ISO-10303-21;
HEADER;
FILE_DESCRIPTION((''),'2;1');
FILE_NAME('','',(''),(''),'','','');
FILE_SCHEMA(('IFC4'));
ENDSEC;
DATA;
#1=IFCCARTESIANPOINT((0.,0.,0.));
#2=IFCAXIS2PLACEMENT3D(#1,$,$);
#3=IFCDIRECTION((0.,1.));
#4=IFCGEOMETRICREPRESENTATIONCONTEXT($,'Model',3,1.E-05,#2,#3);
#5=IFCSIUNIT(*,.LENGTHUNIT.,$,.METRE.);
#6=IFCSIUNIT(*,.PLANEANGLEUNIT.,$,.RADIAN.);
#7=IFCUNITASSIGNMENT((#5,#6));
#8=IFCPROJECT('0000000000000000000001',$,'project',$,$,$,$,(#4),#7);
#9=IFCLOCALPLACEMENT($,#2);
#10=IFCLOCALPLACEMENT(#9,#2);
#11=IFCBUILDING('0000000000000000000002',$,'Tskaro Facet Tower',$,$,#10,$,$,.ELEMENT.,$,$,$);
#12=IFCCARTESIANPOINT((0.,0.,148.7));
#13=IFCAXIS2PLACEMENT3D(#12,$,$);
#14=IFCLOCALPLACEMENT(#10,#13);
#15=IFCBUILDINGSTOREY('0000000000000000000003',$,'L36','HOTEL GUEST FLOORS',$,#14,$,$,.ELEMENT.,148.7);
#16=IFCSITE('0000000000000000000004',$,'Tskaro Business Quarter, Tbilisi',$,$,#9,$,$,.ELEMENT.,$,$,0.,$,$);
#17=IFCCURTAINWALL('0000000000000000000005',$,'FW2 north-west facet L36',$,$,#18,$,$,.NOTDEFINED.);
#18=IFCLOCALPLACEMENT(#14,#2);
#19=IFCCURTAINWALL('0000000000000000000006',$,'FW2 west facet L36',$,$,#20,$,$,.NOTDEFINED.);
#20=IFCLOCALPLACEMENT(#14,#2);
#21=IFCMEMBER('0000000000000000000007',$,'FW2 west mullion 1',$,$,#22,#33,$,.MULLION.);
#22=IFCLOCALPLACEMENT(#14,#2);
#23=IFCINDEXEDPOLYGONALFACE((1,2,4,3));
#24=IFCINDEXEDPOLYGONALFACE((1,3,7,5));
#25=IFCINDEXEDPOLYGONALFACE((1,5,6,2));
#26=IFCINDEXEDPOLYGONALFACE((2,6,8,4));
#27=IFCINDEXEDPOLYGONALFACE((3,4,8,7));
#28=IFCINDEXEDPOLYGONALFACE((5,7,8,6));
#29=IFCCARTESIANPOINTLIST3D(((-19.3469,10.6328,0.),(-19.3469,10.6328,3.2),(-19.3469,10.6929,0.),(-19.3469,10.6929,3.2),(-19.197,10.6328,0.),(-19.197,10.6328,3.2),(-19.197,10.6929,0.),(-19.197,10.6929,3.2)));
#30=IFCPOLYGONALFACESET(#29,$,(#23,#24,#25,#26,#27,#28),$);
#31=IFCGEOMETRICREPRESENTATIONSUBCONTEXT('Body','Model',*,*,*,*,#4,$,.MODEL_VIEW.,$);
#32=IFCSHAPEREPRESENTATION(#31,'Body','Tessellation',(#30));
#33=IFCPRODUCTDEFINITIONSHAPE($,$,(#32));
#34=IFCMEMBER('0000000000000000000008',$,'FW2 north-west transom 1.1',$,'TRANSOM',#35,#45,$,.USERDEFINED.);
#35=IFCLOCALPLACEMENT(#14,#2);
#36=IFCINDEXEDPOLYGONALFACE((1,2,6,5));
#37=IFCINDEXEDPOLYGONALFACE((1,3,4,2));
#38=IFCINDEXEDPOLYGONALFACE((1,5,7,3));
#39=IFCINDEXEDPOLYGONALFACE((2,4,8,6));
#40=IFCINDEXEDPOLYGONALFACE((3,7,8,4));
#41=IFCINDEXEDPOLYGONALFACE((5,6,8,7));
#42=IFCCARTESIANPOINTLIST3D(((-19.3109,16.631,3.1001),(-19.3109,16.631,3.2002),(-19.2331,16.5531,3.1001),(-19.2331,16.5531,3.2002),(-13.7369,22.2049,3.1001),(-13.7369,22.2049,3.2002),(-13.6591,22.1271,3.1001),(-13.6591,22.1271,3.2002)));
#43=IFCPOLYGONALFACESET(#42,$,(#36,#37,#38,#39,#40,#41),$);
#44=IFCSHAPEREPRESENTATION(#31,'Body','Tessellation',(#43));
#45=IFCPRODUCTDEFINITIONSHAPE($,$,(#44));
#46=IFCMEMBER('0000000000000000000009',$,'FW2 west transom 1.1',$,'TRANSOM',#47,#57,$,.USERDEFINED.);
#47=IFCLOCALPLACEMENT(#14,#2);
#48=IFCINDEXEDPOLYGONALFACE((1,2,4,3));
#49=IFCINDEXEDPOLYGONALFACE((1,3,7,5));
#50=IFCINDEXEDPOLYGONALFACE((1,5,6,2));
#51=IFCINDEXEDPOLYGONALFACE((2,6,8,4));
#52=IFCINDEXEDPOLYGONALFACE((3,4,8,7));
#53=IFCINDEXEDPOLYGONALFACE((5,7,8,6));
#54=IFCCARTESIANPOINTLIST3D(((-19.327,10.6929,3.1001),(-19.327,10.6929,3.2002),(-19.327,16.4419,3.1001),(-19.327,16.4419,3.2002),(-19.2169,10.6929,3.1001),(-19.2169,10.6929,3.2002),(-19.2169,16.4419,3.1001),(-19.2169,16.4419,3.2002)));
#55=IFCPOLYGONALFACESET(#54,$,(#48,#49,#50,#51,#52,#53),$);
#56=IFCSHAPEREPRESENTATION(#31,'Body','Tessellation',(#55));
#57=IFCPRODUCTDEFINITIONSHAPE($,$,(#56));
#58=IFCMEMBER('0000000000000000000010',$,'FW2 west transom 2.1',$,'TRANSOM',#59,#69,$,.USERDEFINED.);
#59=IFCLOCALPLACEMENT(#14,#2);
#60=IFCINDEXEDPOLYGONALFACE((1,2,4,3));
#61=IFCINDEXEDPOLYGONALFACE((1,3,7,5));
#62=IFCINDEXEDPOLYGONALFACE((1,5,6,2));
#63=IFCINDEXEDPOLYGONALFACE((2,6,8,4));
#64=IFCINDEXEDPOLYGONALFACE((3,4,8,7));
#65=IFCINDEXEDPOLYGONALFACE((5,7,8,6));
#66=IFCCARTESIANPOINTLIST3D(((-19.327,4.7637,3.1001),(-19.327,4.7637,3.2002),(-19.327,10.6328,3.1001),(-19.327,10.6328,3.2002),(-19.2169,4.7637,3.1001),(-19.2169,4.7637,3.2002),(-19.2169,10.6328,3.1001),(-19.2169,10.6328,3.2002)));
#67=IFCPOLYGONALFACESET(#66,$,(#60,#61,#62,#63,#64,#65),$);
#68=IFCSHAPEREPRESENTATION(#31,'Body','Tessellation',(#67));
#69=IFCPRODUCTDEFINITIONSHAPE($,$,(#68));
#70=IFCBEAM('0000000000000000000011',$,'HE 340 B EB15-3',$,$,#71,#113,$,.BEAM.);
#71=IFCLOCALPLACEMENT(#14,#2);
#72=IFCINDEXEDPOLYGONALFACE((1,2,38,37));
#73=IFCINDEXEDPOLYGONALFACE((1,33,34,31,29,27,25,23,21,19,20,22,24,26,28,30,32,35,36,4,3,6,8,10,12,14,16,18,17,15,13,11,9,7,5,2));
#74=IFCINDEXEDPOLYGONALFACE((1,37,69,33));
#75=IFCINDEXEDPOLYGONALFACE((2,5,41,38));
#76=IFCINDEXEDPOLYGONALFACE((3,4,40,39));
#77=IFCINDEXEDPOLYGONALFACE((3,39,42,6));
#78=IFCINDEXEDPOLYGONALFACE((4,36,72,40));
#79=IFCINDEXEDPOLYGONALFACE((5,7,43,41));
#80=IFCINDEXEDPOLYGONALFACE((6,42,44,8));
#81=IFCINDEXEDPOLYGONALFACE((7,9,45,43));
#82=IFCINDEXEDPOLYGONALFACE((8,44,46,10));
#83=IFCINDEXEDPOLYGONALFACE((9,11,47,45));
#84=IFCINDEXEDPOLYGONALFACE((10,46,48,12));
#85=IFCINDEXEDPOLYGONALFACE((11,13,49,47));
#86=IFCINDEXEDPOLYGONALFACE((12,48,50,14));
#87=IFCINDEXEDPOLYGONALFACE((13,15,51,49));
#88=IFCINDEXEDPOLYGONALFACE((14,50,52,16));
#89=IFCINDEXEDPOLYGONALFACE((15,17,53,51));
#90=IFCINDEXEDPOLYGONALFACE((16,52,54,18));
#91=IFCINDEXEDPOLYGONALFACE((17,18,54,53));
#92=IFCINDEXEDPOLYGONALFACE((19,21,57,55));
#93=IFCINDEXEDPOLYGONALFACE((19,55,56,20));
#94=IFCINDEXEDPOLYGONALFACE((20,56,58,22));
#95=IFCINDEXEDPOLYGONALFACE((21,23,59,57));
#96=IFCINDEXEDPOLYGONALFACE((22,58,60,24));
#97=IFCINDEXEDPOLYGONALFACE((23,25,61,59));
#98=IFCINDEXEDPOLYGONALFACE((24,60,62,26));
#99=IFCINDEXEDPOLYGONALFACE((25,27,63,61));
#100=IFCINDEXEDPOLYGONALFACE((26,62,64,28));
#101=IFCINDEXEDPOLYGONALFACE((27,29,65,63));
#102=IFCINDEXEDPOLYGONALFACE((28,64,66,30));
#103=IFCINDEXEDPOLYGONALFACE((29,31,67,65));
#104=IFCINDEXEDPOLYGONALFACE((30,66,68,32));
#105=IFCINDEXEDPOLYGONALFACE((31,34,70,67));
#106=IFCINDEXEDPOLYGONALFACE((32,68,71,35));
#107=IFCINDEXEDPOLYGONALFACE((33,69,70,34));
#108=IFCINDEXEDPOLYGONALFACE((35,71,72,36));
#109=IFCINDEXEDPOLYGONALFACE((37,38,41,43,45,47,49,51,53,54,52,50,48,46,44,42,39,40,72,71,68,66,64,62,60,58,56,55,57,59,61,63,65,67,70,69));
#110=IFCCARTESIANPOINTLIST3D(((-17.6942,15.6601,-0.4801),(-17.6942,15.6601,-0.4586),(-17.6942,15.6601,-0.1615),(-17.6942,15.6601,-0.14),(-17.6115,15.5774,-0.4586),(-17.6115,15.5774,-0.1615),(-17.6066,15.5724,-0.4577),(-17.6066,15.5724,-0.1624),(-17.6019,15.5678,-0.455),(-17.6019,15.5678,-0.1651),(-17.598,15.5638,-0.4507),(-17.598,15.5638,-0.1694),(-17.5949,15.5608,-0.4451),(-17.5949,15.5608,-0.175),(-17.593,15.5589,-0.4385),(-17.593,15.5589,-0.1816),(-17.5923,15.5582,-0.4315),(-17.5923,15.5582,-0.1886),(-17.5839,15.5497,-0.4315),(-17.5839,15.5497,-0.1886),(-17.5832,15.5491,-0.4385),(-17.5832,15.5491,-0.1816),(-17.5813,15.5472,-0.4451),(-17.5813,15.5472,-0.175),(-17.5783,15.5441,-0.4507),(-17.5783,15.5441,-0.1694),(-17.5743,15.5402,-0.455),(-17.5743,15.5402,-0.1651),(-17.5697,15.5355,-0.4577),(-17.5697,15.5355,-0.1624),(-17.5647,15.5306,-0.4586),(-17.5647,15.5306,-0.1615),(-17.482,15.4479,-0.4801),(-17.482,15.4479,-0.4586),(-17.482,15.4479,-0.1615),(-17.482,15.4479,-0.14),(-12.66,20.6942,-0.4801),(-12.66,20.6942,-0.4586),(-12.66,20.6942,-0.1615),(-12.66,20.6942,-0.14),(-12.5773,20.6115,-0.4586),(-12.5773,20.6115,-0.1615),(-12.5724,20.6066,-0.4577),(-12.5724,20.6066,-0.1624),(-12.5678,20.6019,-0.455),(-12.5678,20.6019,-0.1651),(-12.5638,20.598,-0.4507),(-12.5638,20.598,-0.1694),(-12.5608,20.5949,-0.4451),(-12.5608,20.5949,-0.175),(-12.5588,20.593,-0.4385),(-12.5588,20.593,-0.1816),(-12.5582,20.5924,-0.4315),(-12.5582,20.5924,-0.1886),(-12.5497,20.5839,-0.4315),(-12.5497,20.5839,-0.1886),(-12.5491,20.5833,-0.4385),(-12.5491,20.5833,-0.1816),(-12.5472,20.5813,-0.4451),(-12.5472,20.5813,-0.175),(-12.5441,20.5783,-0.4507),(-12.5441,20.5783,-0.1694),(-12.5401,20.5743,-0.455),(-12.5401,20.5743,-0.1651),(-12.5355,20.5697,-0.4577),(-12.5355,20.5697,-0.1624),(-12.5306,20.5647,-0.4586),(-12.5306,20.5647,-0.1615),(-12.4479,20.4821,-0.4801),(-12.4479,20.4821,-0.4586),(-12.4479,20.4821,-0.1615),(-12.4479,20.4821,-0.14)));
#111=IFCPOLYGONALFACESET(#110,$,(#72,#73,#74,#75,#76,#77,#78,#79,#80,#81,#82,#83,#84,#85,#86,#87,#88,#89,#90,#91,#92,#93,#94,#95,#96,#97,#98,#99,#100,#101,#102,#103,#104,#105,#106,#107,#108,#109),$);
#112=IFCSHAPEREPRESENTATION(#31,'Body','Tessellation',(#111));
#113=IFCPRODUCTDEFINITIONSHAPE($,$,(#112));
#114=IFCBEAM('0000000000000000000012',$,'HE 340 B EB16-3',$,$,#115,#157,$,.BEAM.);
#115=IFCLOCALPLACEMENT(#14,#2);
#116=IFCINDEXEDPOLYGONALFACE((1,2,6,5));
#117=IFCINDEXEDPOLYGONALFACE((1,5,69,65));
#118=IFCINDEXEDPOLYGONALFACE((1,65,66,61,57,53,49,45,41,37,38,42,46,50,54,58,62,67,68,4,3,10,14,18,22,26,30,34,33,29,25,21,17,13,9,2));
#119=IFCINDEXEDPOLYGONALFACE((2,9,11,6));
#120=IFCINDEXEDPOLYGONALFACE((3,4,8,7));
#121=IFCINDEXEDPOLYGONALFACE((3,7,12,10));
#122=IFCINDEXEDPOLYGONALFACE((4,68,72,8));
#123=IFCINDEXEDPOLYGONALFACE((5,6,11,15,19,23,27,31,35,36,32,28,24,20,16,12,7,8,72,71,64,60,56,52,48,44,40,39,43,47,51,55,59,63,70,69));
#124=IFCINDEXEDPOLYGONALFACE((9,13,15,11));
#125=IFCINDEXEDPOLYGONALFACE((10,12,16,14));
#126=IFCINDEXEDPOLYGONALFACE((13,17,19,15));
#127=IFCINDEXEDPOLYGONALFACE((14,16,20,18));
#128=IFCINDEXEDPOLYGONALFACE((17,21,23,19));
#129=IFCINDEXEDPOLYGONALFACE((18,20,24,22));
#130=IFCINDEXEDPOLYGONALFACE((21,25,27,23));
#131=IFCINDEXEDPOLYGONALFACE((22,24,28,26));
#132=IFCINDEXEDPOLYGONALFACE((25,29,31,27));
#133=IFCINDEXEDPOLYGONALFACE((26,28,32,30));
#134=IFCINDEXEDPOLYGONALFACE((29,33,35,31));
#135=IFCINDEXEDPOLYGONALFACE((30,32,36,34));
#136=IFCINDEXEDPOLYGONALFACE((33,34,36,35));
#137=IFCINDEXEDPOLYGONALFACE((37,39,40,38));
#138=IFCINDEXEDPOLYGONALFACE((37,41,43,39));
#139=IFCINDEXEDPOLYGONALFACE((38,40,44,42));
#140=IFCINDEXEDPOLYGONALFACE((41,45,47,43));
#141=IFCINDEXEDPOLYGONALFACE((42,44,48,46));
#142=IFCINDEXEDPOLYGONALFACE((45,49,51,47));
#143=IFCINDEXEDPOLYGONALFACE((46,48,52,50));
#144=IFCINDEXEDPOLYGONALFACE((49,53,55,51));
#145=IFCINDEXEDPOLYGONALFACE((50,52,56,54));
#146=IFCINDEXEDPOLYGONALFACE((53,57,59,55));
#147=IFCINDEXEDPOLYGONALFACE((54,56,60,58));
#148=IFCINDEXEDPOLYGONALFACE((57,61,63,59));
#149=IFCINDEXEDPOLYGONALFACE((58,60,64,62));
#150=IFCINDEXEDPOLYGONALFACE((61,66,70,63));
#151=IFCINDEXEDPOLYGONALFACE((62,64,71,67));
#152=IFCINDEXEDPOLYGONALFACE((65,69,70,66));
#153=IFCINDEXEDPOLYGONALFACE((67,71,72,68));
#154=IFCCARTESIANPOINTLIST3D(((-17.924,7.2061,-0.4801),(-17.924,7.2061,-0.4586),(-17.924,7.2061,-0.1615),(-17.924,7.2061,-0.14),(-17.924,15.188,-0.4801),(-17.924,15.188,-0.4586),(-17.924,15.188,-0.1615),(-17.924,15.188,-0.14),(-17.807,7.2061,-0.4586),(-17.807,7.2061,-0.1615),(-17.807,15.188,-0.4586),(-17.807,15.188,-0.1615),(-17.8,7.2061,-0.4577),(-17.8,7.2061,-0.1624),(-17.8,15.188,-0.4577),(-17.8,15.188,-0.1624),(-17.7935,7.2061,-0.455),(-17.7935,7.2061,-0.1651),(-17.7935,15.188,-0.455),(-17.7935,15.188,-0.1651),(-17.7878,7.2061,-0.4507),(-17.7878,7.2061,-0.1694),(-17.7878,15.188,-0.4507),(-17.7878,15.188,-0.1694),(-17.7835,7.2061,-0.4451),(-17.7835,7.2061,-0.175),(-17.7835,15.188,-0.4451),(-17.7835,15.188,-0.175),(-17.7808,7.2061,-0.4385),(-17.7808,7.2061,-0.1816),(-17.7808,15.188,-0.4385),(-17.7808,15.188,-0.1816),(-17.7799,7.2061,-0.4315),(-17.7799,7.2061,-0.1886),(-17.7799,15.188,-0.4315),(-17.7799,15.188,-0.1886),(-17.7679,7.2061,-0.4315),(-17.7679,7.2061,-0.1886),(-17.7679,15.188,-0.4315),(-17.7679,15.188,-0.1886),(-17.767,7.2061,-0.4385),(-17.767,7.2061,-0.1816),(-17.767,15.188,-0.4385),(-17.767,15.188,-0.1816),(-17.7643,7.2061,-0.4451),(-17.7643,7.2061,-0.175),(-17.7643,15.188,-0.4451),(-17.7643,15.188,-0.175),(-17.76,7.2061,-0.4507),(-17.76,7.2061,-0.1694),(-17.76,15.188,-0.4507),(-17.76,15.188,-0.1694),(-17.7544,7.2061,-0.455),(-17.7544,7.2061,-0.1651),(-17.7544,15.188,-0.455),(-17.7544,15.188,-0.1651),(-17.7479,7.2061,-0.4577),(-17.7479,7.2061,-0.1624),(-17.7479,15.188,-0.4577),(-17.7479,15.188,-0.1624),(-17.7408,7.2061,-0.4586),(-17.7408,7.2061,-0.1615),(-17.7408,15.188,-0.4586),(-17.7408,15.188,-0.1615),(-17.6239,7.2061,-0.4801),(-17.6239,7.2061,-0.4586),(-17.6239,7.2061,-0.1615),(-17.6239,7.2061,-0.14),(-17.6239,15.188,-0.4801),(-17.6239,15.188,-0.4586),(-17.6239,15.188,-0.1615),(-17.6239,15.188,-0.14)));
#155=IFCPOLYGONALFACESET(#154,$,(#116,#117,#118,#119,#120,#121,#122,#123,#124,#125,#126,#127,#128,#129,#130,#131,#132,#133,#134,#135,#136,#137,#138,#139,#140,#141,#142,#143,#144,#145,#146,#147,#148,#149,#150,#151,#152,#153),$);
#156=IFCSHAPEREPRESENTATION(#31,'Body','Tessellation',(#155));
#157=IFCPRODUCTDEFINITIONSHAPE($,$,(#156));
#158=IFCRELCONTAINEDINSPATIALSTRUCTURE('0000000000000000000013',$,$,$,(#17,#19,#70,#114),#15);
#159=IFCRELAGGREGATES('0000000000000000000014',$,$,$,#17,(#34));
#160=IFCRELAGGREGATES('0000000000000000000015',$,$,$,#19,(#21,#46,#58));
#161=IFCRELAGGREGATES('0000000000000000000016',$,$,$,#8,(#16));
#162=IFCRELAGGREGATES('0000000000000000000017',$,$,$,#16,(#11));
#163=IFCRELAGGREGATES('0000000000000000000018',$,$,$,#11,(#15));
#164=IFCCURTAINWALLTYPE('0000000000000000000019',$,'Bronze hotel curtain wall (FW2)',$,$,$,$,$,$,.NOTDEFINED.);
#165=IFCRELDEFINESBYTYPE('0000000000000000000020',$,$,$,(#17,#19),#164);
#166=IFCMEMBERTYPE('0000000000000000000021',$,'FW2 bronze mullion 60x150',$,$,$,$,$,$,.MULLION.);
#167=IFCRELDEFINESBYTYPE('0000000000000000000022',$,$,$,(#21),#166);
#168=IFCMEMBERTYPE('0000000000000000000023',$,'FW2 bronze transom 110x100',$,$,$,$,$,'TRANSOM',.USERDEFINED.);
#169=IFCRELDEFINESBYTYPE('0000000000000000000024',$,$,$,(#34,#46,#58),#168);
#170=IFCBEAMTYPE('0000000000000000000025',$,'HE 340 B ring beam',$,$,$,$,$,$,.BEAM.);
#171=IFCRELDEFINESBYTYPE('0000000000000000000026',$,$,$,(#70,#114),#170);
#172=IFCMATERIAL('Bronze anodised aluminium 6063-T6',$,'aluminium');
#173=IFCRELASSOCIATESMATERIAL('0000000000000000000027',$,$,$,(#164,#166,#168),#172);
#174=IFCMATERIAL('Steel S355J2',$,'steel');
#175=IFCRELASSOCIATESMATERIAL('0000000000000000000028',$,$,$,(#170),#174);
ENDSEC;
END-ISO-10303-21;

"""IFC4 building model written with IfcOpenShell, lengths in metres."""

from ifc_helpers import new_model, si_unit, direction, frame, origin, origin_2d, place, context, subcontext, project, spatial, rectangle, i_section, extrude, material, material_profile, profile_set, type_object, element, aggregate, save


model = new_model("IFC4")

# Units and contexts
model_context = context("Model", 3, precision=1e-05, world=origin(), true_north=direction((0.0, 1.0)))
body_context = subcontext(model_context, "Body", "Model", "MODEL_VIEW")
ifc_project = project(units=[si_unit("LENGTHUNIT", "METRE"), si_unit("PLANEANGLEUNIT", "RADIAN")], contexts=[model_context])

# Site, building, storey
site_placement = place(None, origin())
site = spatial("IfcSite", under=ifc_project, at=site_placement, Name="Tskaro Business Quarter, Tbilisi", CompositionType="ELEMENT", RefElevation=0.0)
building_placement = place(site_placement, origin())
building = spatial("IfcBuilding", under=site, at=building_placement, Name="Tskaro Facet Tower", CompositionType="ELEMENT")
storey_placement = place(building_placement, frame((0.0, 0.0, 148.7)))
storey = spatial("IfcBuildingStorey", under=building, at=storey_placement, Name="L36", Description="HOTEL GUEST FLOORS", CompositionType="ELEMENT", Elevation=148.7)

# Curtain wall
ifc_material_1 = material(Name="Bronze anodised aluminium 6063-T6", Category="aluminium")
curtain_wall_type = type_object("IfcCurtainWallType", Name="Bronze hotel curtain wall (FW2)", PredefinedType="NOTDEFINED", material=ifc_material_1)
curtain_wall_1_placement = place(storey_placement, origin())
curtain_wall_1 = element("IfcCurtainWall", 1, at=curtain_wall_1_placement, inside=storey, type_object=curtain_wall_type, Name="FW2 north-west facet L36", PredefinedType="NOTDEFINED")

# Curtain wall, member
curtain_wall_2_placement = place(storey_placement, origin())
curtain_wall_2 = element("IfcCurtainWall", 2, at=curtain_wall_2_placement, inside=storey, type_object=curtain_wall_type, Name="FW2 west facet L36", PredefinedType="NOTDEFINED")
ifc_material_profile_1 = material_profile(ifc_material_1, rectangle(XDim=0.0601, YDim=0.1499, at=origin_2d()), Name="Mullion 60x150")
ifc_profile_set_1 = profile_set([ifc_material_profile_1], Name="Bronze anodised aluminium 6063-T6")
member_type_1 = type_object("IfcMemberType", Name="FW2 bronze mullion 60x150", PredefinedType="MULLION", material=ifc_profile_set_1)
member_1_placement = place(storey_placement, frame((-19.272, 10.6628, 0.0), z_axis=(0.0, 0.0, 1.0), x_axis=(0.0, -1.0, 0.0)))
member_1 = element("IfcMember", 3, at=member_1_placement, type_object=member_type_1, Name="FW2 west mullion 1", PredefinedType="MULLION", context=body_context, shape_type="SweptSolid", body=[
    extrude(rectangle(XDim=0.0601, YDim=0.1499, at=origin_2d()), origin(), (0.0, 0.0, 1.0), 3.2),
])

# Members
ifc_material_profile_2 = material_profile(ifc_material_1, rectangle(XDim=0.1101, YDim=0.1001, at=origin_2d()), Name="Transom 110x100")
ifc_profile_set_2 = profile_set([ifc_material_profile_2], Name="Bronze anodised aluminium 6063-T6")
member_type_2 = type_object("IfcMemberType", Name="FW2 bronze transom 110x100", ElementType="TRANSOM", PredefinedType="USERDEFINED", material=ifc_profile_set_2)
member_2_placement = place(storey_placement, frame((-13.698, 22.166, 3.1501), z_axis=(-0.707107, -0.707107, 0.0), x_axis=(0.707107, -0.707107, 0.0)))
member_2 = element("IfcMember", 4, at=member_2_placement, type_object=member_type_2, Name="FW2 north-west transom 1.1", ObjectType="TRANSOM", PredefinedType="USERDEFINED", context=body_context, shape_type="SweptSolid", body=[
    extrude(rectangle(XDim=0.1101, YDim=0.1001, at=origin_2d()), origin(), (0.0, 0.0, 1.0), 7.8828),
])
member_3_placement = place(storey_placement, frame((-19.272, 16.4419, 3.1501), z_axis=(0.0, -1.0, 0.0), x_axis=(1.0, 0.0, 0.0)))
member_3 = element("IfcMember", 5, at=member_3_placement, type_object=member_type_2, Name="FW2 west transom 1.1", ObjectType="TRANSOM", PredefinedType="USERDEFINED", context=body_context, shape_type="SweptSolid", body=[
    extrude(rectangle(XDim=0.1101, YDim=0.1001, at=origin_2d()), origin(), (0.0, 0.0, 1.0), 5.749),
])
member_4_placement = place(storey_placement, frame((-19.272, 10.6328, 3.1501), z_axis=(0.0, -1.0, 0.0), x_axis=(1.0, 0.0, 0.0)))
member_4 = element("IfcMember", 6, at=member_4_placement, type_object=member_type_2, Name="FW2 west transom 2.1", ObjectType="TRANSOM", PredefinedType="USERDEFINED", context=body_context, shape_type="SweptSolid", body=[
    extrude(rectangle(XDim=0.1101, YDim=0.1001, at=origin_2d()), origin(), (0.0, 0.0, 1.0), 5.8691),
])

# Beams
ifc_material_2 = material(Name="Steel S355J2", Category="steel")
ifc_material_profile_3 = material_profile(ifc_material_2, i_section(OverallWidth=0.3, OverallDepth=0.3401, WebThickness=0.012, FlangeThickness=0.0215, FilletRadius=0.0271, at=origin_2d()), Name="HE 340 B")
ifc_profile_set_3 = profile_set([ifc_material_profile_3], Name="Steel S355J2")
beam_type_1 = type_object("IfcBeamType", Name="HE 340 B ring beam", PredefinedType="BEAM", material=ifc_profile_set_3)
beam_1_placement = place(storey_placement, frame((-12.554, 20.5881, -0.3101), z_axis=(-0.707107, -0.707107, 0.0), x_axis=(0.707107, -0.707107, 0.0)))
element("IfcBeam", 7, at=beam_1_placement, inside=storey, type_object=beam_type_1, Name="HE 340 B EB15-3", PredefinedType="BEAM", context=body_context, shape_type="SweptSolid", body=[
    extrude(i_section(OverallWidth=0.3, OverallDepth=0.3401, WebThickness=0.012, FlangeThickness=0.0215, FilletRadius=0.0271, at=origin_2d()), origin(), (0.0, 0.0, 1.0), 7.1194),
])
beam_2_placement = place(storey_placement, frame((-17.7739, 15.188, -0.3101), z_axis=(0.0, -1.0, 0.0), x_axis=(1.0, 0.0, 0.0)))
element("IfcBeam", 8, at=beam_2_placement, inside=storey, type_object=beam_type_1, Name="HE 340 B EB16-3", PredefinedType="BEAM", context=body_context, shape_type="SweptSolid", body=[
    extrude(i_section(OverallWidth=0.3, OverallDepth=0.3401, WebThickness=0.012, FlangeThickness=0.0215, FilletRadius=0.0271, at=origin_2d()), origin(), (0.0, 0.0, 1.0), 7.9819),
])

aggregate(curtain_wall_1, [member_2])
aggregate(curtain_wall_2, [member_1, member_3, member_4])

save(model, "model.ifc")
